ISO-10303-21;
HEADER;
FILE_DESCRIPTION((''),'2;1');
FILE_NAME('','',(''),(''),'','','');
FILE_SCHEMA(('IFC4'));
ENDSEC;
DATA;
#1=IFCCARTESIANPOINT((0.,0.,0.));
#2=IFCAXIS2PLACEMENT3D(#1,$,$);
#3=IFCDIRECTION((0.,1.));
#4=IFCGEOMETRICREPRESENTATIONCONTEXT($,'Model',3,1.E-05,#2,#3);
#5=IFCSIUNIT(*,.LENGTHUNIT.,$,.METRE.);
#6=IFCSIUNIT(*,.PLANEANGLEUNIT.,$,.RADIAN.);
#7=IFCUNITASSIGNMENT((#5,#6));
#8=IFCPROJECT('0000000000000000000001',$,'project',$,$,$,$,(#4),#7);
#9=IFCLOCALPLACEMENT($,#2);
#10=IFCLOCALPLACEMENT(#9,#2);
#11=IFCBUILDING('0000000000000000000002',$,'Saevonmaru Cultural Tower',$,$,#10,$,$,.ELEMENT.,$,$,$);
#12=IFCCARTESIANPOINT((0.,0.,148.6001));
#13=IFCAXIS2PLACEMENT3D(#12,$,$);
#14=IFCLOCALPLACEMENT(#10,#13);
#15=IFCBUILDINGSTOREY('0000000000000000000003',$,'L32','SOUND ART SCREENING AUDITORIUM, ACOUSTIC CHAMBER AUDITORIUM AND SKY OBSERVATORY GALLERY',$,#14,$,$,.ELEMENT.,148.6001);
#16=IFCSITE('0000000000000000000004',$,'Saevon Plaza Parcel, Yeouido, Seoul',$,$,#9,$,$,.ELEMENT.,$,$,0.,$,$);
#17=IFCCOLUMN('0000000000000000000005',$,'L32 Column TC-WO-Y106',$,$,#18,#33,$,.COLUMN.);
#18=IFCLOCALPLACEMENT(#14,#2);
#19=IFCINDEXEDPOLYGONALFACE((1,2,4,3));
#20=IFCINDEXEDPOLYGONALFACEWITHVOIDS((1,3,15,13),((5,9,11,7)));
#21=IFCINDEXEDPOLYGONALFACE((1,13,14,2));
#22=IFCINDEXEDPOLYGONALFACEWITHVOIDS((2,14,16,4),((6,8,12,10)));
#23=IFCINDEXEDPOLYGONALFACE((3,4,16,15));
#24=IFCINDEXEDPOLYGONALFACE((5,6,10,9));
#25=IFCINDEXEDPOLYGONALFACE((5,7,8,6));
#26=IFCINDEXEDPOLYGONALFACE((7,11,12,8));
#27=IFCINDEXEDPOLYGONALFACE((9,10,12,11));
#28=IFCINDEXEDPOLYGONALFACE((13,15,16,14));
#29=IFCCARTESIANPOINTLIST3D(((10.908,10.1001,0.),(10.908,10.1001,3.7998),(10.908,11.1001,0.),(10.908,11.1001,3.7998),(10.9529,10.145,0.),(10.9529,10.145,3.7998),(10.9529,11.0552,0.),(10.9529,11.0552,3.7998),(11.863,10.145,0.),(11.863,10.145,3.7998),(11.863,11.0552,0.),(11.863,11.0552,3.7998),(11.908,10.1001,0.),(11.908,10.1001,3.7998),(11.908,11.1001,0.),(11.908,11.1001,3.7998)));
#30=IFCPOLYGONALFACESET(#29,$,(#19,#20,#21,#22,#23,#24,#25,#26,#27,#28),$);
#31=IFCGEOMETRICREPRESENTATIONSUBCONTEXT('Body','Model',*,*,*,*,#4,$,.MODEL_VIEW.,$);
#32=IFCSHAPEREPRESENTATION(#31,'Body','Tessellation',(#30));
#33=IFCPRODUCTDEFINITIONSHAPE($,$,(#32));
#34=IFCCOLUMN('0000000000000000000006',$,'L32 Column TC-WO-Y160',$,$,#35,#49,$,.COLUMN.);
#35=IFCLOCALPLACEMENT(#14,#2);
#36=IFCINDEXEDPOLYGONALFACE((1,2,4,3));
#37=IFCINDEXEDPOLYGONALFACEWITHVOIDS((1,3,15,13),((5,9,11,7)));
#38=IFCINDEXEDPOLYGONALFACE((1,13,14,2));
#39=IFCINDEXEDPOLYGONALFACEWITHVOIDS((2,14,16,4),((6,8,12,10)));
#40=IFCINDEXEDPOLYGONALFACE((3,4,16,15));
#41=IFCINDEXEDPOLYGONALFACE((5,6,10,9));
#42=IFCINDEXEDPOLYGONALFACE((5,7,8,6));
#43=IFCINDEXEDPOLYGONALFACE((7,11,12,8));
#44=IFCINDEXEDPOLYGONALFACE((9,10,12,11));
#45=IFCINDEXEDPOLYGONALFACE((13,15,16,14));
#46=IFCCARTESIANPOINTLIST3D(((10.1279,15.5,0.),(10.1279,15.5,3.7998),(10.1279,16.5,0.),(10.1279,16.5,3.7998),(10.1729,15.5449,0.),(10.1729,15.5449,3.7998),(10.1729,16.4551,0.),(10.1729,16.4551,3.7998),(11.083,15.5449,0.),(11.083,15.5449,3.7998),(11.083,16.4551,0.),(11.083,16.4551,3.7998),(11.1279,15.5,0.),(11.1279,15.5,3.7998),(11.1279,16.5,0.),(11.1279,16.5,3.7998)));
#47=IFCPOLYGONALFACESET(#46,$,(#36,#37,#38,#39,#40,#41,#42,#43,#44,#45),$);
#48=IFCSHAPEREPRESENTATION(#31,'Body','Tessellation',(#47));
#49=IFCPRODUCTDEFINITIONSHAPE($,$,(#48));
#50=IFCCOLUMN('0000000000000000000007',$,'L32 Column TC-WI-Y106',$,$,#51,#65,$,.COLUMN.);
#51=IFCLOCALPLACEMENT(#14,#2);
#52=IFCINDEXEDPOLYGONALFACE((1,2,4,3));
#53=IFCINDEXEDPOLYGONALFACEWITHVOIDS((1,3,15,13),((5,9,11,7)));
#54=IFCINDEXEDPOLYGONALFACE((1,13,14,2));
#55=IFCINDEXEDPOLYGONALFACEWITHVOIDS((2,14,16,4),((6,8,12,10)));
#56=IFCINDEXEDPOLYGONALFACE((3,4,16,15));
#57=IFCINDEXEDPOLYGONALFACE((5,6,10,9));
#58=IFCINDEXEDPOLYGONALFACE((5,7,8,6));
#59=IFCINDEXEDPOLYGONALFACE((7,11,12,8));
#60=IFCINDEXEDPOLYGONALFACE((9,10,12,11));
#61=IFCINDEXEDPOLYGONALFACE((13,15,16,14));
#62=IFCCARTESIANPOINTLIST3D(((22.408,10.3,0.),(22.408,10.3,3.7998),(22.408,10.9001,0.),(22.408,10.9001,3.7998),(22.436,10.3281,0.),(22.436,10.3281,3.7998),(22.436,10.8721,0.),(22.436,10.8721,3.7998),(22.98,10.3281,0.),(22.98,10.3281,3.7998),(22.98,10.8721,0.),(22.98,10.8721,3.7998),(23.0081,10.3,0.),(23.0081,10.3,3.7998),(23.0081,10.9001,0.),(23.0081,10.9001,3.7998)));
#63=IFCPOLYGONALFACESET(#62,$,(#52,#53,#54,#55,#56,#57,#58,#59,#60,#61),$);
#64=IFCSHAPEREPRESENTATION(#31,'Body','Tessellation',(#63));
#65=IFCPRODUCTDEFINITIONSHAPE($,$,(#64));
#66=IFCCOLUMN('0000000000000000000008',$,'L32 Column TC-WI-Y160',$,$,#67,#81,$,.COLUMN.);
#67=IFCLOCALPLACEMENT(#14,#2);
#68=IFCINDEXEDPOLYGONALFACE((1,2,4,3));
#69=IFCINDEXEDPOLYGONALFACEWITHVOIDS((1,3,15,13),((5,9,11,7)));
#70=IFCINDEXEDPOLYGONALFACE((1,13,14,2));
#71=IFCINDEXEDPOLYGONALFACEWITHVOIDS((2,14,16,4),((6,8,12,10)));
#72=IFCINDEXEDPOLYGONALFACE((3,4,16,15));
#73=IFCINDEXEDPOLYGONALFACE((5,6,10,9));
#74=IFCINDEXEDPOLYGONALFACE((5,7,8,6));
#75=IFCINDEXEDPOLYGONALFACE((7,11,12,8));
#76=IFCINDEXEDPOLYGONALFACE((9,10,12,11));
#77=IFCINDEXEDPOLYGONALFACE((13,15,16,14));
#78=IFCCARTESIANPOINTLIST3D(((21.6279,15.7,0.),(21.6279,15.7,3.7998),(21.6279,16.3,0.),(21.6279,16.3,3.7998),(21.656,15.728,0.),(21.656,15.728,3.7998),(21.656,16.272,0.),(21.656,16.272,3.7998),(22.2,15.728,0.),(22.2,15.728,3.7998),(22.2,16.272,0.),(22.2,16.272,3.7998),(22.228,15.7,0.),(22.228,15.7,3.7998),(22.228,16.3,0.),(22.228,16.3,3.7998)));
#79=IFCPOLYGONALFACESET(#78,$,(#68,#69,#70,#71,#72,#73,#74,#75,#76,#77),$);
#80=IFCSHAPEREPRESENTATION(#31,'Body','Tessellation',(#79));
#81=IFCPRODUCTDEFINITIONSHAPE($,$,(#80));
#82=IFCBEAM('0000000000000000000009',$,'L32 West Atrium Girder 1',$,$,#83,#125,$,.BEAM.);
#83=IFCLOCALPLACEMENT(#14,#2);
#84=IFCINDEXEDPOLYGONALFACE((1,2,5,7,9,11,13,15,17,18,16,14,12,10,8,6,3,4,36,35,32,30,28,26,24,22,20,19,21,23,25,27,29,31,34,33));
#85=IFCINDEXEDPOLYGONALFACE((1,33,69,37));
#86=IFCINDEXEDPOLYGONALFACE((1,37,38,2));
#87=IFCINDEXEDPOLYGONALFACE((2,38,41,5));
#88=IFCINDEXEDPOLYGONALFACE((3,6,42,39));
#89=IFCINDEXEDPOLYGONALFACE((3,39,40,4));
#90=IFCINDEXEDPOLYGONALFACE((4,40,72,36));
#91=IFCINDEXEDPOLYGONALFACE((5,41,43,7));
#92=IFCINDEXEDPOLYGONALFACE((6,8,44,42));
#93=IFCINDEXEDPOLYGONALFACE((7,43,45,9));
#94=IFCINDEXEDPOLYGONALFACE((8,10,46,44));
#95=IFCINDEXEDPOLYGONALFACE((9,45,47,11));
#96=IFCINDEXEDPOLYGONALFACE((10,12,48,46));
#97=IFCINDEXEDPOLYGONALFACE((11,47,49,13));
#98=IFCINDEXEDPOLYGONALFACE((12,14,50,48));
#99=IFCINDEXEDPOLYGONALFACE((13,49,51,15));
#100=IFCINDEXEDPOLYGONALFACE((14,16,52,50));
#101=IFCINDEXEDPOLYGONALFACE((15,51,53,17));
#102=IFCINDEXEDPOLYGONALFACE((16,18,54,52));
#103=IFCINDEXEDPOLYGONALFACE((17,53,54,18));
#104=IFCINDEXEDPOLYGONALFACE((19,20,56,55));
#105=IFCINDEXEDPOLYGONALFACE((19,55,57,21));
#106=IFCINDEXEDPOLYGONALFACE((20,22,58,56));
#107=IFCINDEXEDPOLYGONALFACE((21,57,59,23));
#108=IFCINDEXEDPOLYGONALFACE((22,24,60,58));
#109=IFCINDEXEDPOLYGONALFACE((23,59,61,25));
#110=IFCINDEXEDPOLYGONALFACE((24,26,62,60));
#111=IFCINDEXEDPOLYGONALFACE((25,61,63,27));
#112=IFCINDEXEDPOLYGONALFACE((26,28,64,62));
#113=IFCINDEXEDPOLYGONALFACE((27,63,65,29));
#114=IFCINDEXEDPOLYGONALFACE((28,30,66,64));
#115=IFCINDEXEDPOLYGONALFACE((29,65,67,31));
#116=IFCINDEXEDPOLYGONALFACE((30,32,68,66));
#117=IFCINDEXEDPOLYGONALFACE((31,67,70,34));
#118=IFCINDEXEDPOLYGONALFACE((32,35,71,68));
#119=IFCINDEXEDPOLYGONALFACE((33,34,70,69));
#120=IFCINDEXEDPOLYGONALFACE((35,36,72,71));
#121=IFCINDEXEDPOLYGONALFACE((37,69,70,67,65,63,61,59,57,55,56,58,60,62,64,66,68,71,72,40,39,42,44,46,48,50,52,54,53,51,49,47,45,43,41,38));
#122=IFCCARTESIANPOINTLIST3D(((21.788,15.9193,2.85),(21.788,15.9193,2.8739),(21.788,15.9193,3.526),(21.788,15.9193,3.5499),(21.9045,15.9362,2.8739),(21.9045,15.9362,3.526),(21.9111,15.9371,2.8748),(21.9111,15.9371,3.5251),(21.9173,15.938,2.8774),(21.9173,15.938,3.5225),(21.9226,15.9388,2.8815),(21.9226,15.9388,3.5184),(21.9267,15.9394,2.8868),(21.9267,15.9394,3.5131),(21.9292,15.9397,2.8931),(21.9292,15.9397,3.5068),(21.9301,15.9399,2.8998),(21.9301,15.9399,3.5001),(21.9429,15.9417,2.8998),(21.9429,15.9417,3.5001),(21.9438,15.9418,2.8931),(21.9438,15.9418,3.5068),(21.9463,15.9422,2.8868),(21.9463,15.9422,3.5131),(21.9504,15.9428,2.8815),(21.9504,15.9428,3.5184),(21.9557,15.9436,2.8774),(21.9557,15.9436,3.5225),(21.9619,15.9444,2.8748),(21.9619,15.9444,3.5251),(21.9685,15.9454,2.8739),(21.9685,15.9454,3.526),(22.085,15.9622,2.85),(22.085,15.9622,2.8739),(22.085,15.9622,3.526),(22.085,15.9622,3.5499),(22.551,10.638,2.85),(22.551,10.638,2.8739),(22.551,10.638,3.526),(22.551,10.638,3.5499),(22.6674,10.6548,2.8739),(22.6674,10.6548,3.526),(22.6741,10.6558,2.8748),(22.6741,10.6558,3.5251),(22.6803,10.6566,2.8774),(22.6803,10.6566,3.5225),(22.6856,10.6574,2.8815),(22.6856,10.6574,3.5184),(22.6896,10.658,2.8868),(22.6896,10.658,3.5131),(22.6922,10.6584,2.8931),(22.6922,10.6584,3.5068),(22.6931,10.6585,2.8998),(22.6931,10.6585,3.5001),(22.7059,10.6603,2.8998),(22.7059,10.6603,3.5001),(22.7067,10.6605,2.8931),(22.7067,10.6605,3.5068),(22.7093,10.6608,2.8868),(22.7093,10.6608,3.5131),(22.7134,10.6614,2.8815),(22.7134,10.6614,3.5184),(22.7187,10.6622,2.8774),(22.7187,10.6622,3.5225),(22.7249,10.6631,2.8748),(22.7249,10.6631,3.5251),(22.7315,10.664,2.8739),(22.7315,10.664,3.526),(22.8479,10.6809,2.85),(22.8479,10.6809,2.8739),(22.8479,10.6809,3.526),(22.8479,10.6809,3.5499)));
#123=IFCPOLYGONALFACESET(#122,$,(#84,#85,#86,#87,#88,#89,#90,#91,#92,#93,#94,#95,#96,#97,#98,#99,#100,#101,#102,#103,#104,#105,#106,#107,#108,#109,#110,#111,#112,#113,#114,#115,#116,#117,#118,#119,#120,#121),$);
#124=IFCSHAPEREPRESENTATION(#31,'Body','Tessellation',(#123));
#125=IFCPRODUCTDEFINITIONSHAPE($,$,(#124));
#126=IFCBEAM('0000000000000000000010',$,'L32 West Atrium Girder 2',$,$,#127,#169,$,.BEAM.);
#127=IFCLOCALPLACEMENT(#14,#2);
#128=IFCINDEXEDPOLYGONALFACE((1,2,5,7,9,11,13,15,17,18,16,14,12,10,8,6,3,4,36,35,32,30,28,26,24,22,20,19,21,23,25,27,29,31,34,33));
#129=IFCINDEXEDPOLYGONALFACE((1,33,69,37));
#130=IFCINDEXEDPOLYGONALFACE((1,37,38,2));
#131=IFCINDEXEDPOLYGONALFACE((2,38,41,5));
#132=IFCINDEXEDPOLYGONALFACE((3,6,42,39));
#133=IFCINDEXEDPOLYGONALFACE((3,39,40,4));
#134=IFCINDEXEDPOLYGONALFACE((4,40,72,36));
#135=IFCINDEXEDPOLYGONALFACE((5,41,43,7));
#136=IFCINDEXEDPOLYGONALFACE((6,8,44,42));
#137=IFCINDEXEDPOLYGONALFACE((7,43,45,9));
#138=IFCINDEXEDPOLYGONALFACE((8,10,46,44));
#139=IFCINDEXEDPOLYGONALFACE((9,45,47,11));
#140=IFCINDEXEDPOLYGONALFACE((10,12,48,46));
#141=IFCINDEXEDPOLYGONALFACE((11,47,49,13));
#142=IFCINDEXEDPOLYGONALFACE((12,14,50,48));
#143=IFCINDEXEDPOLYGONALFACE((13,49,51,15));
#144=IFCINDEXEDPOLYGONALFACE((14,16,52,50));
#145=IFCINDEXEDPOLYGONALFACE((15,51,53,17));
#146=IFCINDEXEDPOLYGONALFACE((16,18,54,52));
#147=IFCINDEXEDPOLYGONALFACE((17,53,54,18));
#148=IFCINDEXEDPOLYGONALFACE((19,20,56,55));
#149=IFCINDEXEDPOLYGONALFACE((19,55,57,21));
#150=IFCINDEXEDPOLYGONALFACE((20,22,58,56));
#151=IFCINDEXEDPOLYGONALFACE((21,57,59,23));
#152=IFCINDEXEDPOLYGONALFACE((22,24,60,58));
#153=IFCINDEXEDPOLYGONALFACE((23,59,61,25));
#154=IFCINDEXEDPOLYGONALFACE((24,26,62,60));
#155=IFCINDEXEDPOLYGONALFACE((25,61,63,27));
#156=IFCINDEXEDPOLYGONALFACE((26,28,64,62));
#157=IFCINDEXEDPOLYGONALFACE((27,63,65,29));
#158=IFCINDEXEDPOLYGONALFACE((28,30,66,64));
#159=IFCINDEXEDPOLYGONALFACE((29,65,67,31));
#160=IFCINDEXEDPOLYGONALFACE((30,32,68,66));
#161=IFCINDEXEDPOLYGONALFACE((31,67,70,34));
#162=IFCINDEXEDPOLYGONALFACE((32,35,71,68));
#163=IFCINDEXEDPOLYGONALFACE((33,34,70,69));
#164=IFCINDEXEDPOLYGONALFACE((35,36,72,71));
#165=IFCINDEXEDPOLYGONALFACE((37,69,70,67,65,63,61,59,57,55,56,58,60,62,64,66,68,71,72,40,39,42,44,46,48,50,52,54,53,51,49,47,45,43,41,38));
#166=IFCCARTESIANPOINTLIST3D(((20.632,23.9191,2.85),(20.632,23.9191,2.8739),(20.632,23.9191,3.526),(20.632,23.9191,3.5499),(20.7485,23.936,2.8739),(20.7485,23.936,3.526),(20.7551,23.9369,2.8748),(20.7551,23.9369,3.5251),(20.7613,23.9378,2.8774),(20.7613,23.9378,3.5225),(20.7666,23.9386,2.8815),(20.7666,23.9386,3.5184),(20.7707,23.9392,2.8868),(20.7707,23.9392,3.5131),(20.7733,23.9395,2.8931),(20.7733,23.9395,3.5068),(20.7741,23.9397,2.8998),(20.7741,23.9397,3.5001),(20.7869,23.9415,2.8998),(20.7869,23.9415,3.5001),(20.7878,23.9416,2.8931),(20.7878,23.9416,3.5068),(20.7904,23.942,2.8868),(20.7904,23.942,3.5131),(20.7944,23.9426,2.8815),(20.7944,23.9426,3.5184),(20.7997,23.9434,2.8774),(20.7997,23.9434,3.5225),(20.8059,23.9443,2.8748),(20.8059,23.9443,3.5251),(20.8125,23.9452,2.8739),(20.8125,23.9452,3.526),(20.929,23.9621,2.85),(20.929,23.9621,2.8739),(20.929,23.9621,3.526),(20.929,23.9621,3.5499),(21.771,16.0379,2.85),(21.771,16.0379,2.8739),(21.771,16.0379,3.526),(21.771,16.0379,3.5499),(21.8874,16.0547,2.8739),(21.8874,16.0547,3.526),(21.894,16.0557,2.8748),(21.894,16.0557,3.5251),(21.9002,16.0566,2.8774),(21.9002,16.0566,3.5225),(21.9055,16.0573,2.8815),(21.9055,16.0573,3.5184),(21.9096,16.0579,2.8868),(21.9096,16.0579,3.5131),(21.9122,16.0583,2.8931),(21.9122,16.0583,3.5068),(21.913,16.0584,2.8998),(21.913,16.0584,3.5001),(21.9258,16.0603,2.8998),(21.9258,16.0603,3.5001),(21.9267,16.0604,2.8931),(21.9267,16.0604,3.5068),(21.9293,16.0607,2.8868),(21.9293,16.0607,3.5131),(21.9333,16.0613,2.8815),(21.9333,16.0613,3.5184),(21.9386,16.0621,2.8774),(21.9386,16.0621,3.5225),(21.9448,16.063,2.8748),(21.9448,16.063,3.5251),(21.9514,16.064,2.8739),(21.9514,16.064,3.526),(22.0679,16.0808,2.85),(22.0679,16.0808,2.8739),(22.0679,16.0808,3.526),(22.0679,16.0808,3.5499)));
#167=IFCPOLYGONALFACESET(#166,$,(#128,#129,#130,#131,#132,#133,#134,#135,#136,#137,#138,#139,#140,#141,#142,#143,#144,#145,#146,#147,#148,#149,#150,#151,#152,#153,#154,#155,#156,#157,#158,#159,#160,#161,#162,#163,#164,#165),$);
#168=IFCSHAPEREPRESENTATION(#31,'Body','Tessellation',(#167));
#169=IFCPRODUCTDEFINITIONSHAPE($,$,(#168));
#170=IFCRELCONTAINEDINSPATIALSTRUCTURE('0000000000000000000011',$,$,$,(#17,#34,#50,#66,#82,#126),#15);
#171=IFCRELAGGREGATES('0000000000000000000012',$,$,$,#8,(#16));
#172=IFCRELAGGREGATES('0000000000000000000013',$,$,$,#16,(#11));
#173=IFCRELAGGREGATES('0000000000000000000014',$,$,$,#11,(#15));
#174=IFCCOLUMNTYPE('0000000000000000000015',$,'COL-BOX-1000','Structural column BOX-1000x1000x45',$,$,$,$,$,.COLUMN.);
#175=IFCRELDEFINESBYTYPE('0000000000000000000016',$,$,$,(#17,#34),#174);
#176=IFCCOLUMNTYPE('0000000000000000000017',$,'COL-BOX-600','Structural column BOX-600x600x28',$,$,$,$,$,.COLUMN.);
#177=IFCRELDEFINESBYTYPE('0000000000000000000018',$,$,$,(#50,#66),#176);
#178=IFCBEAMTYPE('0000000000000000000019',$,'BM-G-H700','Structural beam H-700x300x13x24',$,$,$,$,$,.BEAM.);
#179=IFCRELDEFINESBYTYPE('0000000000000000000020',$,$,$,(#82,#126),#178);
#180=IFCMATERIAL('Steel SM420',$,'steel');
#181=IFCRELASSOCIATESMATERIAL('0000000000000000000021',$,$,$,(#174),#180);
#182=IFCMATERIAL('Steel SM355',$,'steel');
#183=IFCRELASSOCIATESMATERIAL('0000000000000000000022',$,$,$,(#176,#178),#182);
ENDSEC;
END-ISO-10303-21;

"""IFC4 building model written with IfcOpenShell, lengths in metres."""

from ifc_helpers import new_model, si_unit, direction, frame, origin, origin_2d, place, context, subcontext, project, spatial, hollow_rectangle, i_section, extrude, material, material_profile, profile_set, type_object, element, save


model = new_model("IFC4")

# Units and contexts
model_context = context("Model", 3, precision=1e-05, world=origin(), true_north=direction((0.0, 1.0)))
body_context = subcontext(model_context, "Body", "Model", "MODEL_VIEW")
ifc_project = project(units=[si_unit("LENGTHUNIT", "METRE"), si_unit("PLANEANGLEUNIT", "RADIAN")], contexts=[model_context])

# Site, building, storey
site_placement = place(None, origin())
site = spatial("IfcSite", under=ifc_project, at=site_placement, Name="Saevon Plaza Parcel, Yeouido, Seoul", CompositionType="ELEMENT", RefElevation=0.0)
building_placement = place(site_placement, origin())
building = spatial("IfcBuilding", under=site, at=building_placement, Name="Saevonmaru Cultural Tower", CompositionType="ELEMENT")
storey_placement = place(building_placement, frame((0.0, 0.0, 148.6001)))
storey = spatial("IfcBuildingStorey", under=building, at=storey_placement, Name="L32", Description="SOUND ART SCREENING AUDITORIUM, ACOUSTIC CHAMBER AUDITORIUM AND SKY OBSERVATORY GALLERY", CompositionType="ELEMENT", Elevation=148.6001)

# Columns
ifc_material_1 = material(Name="Steel SM420", Category="steel")
ifc_material_profile_1 = material_profile(ifc_material_1, hollow_rectangle(XDim=1.0, YDim=1.0, WallThickness=0.0449, at=origin_2d()), Name="BOX-1000x1000x45")
ifc_profile_set_1 = profile_set([ifc_material_profile_1], Name="Steel SM420")
column_type_1 = type_object("IfcColumnType", Name="COL-BOX-1000", Description="Structural column BOX-1000x1000x45", PredefinedType="COLUMN", material=ifc_profile_set_1)
for number, where, z_axis, x_axis, name in (
    (1, (11.408, 10.6001, 0.0), (0.0, 0.0, 1.0), (1.0, 0.0, 0.0), "L32 Column TC-WO-Y106"),
    (2, (10.6279, 16.0, 0.0), (0.0, 0.0, 1.0), (1.0, 0.0, 0.0), "L32 Column TC-WO-Y160"),
):
    element("IfcColumn", number, at=place(storey_placement, frame(where, z_axis=z_axis, x_axis=x_axis)), inside=storey, type_object=column_type_1, Name=name, PredefinedType="COLUMN", context=body_context, shape_type="SweptSolid", body=[
        extrude(hollow_rectangle(XDim=1.0, YDim=1.0, WallThickness=0.0449, at=origin_2d()), origin(), (0.0, 0.0, 1.0), 3.7998),
    ])
ifc_material_2 = material(Name="Steel SM355", Category="steel")
ifc_material_profile_2 = material_profile(ifc_material_2, hollow_rectangle(XDim=0.6001, YDim=0.6001, WallThickness=0.0281, at=origin_2d()), Name="BOX-600x600x28")
ifc_profile_set_2 = profile_set([ifc_material_profile_2], Name="Steel SM355")
column_type_2 = type_object("IfcColumnType", Name="COL-BOX-600", Description="Structural column BOX-600x600x28", PredefinedType="COLUMN", material=ifc_profile_set_2)
for number, where, z_axis, x_axis, name in (
    (3, (22.708, 10.6001, 0.0), (0.0, 0.0, 1.0), (1.0, 0.0, 0.0), "L32 Column TC-WI-Y106"),
    (4, (21.928, 16.0, 0.0), (0.0, 0.0, 1.0), (1.0, 0.0, 0.0), "L32 Column TC-WI-Y160"),
):
    element("IfcColumn", number, at=place(storey_placement, frame(where, z_axis=z_axis, x_axis=x_axis)), inside=storey, type_object=column_type_2, Name=name, PredefinedType="COLUMN", context=body_context, shape_type="SweptSolid", body=[
        extrude(hollow_rectangle(XDim=0.6001, YDim=0.6001, WallThickness=0.0281, at=origin_2d()), origin(), (0.0, 0.0, 1.0), 3.7998),
    ])

# Beams
ifc_material_profile_3 = material_profile(ifc_material_2, i_section(OverallWidth=0.3, OverallDepth=0.7, WebThickness=0.0129, FlangeThickness=0.0239, FilletRadius=0.0259, at=origin_2d()), Name="H-700x300x13x24")
ifc_profile_set_3 = profile_set([ifc_material_profile_3], Name="Steel SM355")
beam_type_1 = type_object("IfcBeamType", Name="BM-G-H700", Description="Structural beam H-700x300x13x24", PredefinedType="BEAM", material=ifc_profile_set_3)
beam_1_placement = place(storey_placement, frame((22.6995, 10.6594, 3.2), z_axis=(-0.142978, 0.989726, 0.0), x_axis=(-0.989726, -0.142978, 0.0)))
element("IfcBeam", 5, at=beam_1_placement, inside=storey, type_object=beam_type_1, Name="L32 West Atrium Girder 1", PredefinedType="BEAM", context=body_context, shape_type="SweptSolid", body=[
    extrude(i_section(OverallWidth=0.3, OverallDepth=0.7, WebThickness=0.0129, FlangeThickness=0.0239, FilletRadius=0.0259, at=origin_2d()), origin(), (0.0, 0.0, 1.0), 5.3362),
])
beam_2_placement = place(storey_placement, frame((21.9194, 16.0593, 3.2), z_axis=(-0.143022, 0.989719, 0.0), x_axis=(-0.989719, -0.143022, 0.0)))
element("IfcBeam", 6, at=beam_2_placement, inside=storey, type_object=beam_type_1, Name="L32 West Atrium Girder 2", PredefinedType="BEAM", context=body_context, shape_type="SweptSolid", body=[
    extrude(i_section(OverallWidth=0.3, OverallDepth=0.7, WebThickness=0.0129, FlangeThickness=0.0239, FilletRadius=0.0259, at=origin_2d()), origin(), (0.0, 0.0, 1.0), 7.9631),
])

save(model, "model.ifc")
